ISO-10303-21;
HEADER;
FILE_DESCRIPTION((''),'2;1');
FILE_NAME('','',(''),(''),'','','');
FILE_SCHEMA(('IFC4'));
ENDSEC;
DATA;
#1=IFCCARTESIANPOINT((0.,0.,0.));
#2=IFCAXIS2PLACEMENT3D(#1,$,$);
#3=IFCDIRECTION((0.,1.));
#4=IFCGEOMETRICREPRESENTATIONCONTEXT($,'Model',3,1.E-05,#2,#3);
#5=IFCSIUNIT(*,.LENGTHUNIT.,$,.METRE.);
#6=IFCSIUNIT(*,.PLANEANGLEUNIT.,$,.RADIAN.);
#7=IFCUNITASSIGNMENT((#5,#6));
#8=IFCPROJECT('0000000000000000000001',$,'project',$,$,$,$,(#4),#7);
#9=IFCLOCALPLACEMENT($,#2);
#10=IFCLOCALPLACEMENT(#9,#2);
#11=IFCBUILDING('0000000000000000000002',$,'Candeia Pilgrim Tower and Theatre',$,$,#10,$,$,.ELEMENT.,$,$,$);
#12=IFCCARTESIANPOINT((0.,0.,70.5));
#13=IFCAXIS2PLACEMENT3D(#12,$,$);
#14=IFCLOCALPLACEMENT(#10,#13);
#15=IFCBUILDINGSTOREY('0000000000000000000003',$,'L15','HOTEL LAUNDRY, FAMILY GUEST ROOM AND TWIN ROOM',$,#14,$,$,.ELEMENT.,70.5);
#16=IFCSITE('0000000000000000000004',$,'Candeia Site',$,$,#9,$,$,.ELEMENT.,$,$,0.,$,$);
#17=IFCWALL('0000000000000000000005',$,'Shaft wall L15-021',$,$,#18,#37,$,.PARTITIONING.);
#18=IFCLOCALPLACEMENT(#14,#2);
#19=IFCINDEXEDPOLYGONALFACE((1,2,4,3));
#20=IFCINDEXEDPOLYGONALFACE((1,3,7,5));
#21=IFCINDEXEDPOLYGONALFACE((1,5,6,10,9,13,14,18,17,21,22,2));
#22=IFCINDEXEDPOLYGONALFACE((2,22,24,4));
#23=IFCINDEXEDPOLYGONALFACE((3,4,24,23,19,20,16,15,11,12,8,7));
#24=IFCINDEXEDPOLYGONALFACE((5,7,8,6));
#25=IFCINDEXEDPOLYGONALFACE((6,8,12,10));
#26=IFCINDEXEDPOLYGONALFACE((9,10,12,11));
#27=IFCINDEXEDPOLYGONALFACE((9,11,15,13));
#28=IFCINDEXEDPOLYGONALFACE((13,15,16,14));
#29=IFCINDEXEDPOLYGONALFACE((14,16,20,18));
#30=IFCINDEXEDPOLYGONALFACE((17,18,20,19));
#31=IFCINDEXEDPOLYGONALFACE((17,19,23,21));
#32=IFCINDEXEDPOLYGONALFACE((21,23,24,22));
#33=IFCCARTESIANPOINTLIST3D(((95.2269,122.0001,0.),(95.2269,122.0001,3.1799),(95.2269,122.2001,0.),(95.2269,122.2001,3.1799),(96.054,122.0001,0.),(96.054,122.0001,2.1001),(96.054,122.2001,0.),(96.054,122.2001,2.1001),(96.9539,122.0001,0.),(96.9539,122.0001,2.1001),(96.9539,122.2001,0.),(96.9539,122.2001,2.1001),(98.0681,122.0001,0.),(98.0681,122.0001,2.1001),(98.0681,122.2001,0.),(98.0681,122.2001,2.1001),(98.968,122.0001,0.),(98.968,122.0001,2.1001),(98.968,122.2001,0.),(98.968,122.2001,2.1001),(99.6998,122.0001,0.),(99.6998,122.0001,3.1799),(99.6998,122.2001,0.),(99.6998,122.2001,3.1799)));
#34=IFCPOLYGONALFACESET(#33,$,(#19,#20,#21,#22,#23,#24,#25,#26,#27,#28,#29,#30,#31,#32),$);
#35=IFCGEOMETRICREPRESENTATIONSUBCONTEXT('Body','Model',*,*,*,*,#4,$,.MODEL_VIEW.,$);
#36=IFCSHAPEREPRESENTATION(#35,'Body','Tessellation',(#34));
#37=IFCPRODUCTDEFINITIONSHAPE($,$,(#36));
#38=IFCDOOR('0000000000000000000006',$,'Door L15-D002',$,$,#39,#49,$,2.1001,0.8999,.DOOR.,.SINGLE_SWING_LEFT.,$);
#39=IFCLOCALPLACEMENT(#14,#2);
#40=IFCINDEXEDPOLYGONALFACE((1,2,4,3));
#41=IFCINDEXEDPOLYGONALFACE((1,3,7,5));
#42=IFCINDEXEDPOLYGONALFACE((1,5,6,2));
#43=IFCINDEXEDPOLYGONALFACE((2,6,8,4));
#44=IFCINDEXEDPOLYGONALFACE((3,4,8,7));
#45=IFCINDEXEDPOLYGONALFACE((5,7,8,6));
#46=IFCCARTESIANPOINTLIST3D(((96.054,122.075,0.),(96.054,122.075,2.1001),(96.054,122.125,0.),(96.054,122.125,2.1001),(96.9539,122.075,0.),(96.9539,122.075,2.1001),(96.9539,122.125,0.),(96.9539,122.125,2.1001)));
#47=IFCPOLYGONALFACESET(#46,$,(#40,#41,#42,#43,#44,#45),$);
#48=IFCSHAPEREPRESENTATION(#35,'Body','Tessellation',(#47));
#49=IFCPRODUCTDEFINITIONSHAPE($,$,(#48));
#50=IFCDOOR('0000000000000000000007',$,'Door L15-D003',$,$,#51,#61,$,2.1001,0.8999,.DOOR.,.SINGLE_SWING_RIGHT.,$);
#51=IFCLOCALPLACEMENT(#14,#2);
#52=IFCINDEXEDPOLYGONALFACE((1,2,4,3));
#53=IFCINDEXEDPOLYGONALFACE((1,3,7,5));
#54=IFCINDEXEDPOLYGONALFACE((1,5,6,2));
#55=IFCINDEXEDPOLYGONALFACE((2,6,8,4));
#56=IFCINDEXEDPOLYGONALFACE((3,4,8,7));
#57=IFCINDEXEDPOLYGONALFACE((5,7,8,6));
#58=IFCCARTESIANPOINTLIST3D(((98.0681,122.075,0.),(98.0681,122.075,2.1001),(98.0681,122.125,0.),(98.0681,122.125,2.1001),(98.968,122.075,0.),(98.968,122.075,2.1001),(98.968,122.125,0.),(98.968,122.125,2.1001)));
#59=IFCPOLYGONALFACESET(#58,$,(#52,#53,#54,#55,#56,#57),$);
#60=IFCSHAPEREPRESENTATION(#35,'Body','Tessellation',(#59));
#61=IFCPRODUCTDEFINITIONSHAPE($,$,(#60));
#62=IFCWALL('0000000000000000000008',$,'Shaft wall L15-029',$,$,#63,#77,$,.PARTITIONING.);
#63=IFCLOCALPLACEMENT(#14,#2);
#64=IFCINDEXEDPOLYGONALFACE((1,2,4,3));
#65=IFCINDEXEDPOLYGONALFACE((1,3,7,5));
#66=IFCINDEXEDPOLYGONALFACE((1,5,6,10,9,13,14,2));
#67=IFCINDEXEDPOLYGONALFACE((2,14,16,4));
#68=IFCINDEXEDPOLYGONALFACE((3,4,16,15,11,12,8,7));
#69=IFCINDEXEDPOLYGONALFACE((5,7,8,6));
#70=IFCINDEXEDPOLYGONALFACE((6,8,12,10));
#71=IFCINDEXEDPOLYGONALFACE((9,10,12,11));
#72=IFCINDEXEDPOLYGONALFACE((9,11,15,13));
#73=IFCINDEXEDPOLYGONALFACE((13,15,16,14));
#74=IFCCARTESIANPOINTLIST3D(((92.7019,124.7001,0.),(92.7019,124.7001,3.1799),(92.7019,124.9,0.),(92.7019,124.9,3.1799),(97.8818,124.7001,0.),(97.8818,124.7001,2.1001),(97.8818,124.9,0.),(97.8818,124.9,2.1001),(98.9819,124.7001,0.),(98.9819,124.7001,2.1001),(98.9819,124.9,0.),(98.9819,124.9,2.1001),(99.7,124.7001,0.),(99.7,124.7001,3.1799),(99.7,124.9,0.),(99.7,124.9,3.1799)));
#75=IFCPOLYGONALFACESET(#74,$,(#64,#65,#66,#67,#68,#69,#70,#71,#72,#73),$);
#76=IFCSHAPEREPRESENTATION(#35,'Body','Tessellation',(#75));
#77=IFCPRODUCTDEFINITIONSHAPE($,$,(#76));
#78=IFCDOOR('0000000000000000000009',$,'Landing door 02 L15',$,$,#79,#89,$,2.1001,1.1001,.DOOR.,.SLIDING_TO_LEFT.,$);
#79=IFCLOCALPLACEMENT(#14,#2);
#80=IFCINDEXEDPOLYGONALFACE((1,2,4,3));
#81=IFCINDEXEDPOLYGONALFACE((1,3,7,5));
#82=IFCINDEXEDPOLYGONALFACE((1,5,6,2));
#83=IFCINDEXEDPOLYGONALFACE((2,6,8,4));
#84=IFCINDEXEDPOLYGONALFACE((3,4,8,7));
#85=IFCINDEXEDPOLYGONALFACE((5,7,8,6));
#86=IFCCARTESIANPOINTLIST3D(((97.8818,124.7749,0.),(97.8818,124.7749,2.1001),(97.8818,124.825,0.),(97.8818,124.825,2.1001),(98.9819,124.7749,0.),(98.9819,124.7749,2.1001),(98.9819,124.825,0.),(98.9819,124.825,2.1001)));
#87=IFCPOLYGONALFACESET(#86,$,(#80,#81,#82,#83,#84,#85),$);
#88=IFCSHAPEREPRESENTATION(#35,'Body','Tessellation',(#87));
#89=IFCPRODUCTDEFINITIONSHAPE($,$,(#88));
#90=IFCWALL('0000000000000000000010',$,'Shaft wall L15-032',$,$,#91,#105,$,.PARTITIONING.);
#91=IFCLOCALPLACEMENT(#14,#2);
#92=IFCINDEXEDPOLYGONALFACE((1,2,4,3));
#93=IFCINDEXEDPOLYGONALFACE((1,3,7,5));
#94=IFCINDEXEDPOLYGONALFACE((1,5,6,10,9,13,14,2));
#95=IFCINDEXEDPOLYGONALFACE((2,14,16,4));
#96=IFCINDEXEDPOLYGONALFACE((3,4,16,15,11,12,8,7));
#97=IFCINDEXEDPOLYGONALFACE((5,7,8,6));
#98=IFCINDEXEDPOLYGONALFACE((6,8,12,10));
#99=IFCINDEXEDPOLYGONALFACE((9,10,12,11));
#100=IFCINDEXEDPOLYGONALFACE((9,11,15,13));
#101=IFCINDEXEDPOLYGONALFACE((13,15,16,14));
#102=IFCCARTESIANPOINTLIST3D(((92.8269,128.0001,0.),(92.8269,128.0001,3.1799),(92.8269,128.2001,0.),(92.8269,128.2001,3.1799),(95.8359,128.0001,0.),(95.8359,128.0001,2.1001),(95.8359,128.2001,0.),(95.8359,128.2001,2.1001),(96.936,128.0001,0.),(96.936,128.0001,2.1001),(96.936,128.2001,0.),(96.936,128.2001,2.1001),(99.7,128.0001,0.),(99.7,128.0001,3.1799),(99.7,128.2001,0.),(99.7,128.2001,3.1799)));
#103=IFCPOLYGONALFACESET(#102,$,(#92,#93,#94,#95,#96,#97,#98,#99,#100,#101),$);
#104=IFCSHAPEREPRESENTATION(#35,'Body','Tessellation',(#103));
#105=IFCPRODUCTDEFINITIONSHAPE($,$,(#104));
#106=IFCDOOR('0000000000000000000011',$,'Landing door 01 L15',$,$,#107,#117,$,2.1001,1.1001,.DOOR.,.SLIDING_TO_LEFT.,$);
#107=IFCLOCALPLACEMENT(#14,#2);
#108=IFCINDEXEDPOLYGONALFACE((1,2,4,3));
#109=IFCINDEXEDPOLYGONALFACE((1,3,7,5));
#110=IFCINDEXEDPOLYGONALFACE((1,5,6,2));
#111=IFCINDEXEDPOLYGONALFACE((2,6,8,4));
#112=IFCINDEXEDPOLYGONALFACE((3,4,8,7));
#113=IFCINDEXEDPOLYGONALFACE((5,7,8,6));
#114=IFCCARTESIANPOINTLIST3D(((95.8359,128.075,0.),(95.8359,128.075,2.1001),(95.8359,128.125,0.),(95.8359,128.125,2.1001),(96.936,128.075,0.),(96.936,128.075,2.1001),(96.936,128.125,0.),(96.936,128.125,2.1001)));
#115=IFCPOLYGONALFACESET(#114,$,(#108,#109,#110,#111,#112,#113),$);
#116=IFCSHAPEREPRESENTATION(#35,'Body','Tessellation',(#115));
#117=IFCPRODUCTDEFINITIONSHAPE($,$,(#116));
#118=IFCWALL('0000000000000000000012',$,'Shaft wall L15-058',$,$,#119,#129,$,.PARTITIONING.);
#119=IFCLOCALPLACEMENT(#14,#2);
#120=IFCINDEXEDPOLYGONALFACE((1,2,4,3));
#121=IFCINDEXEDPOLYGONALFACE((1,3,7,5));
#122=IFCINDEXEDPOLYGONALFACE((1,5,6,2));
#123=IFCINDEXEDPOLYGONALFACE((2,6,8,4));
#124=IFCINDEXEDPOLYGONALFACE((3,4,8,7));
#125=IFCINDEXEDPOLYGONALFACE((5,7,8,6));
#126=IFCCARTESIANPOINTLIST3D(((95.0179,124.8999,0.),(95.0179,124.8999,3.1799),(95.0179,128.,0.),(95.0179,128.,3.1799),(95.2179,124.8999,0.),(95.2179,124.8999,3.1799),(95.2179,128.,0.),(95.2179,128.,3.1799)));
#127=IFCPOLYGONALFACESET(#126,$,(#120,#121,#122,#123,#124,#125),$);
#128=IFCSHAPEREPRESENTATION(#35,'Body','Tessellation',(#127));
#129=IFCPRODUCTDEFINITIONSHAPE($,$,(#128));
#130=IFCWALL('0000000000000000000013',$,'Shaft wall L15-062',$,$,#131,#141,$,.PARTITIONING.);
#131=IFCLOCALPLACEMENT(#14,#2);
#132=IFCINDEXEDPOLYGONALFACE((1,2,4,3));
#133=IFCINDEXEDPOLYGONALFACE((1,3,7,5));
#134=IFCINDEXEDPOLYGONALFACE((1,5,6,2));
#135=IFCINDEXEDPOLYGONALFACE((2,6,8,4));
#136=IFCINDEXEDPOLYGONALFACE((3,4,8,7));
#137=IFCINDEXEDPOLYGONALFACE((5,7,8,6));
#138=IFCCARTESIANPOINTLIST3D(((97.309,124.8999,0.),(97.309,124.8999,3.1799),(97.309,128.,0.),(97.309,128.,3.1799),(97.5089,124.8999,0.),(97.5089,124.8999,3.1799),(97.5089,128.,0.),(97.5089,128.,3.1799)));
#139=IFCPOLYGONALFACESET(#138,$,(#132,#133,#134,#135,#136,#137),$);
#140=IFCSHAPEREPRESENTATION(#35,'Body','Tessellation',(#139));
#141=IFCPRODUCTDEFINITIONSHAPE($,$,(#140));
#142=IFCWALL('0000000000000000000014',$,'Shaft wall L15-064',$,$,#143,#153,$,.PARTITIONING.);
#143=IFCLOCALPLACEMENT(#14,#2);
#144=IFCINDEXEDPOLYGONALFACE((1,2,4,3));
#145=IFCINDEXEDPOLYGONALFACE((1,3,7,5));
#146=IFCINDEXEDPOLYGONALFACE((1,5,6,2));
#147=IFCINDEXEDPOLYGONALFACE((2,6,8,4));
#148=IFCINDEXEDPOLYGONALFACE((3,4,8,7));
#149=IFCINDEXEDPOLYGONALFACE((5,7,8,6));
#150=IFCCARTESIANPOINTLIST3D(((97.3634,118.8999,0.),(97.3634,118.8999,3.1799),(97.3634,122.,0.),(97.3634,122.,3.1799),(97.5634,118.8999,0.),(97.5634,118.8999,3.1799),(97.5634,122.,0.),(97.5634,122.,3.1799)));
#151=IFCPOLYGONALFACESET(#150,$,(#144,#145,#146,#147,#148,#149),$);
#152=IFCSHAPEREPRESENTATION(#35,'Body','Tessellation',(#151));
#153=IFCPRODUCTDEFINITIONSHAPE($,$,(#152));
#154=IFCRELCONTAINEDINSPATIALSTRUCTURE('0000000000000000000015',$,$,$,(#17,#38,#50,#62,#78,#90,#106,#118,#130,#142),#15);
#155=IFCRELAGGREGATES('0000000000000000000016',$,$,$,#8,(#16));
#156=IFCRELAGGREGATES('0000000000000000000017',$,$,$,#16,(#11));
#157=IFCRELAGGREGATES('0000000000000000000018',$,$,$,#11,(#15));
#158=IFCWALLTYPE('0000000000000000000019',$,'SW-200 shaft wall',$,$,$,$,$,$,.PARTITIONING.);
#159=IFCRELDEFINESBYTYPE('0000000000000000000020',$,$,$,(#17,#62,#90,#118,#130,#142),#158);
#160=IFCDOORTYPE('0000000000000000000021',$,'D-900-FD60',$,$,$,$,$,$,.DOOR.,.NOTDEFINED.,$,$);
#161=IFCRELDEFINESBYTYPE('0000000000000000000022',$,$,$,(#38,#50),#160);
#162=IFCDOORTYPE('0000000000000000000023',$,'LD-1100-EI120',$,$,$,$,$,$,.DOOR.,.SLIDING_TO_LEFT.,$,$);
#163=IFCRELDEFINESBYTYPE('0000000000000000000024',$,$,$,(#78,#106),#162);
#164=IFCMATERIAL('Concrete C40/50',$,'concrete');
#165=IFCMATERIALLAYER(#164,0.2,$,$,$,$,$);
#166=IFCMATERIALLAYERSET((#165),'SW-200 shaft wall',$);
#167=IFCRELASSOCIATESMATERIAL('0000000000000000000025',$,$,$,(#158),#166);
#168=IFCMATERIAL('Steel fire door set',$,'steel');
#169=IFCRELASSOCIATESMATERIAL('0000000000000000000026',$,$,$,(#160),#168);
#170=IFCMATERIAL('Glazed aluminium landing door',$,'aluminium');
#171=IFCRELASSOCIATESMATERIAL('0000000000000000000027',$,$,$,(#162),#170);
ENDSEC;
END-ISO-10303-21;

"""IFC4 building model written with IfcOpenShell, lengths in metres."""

from ifc_helpers import new_model, si_unit, direction, frame, frame_2d, origin, place, context, subcontext, project, spatial, rectangle, extrude, material, layer, layer_set, type_object, element, fill, save


model = new_model("IFC4")

# Units and contexts
model_context = context("Model", 3, precision=1e-05, world=origin(), true_north=direction((0.0, 1.0)))
body_context = subcontext(model_context, "Body", "Model", "MODEL_VIEW")
ifc_project = project(units=[si_unit("LENGTHUNIT", "METRE"), si_unit("PLANEANGLEUNIT", "RADIAN")], contexts=[model_context])

# Site, building, storey
site_placement = place(None, origin())
site = spatial("IfcSite", under=ifc_project, at=site_placement, Name="Candeia Site", CompositionType="ELEMENT", RefElevation=0.0)
building_placement = place(site_placement, origin())
building = spatial("IfcBuilding", under=site, at=building_placement, Name="Candeia Pilgrim Tower and Theatre", CompositionType="ELEMENT")
storey_placement = place(building_placement, frame((0.0, 0.0, 70.5)))
storey = spatial("IfcBuildingStorey", under=building, at=storey_placement, Name="L15", Description="HOTEL LAUNDRY, FAMILY GUEST ROOM AND TWIN ROOM", CompositionType="ELEMENT", Elevation=70.5)

# Shared definitions
ifc_material_1 = material(Name="Steel fire door set", Category="steel")

# Shared definitions
ifc_material_2 = material(Name="Concrete C40/50", Category="concrete")
ifc_layer_1 = layer(ifc_material_2, 0.2)
ifc_layer_set_1 = layer_set([ifc_layer_1], Name="SW-200 shaft wall")
wall_type_1 = type_object("IfcWallType", Name="SW-200 shaft wall", PredefinedType="PARTITIONING", material=ifc_layer_set_1)

# Wall, openings, doors
wall_1_placement = place(storey_placement, frame((95.2271, 122.1001, 0.0), z_axis=(0.0, 0.0, 1.0), x_axis=(1.0, 0.0, 0.0)))
wall_1 = element("IfcWall", 1, at=wall_1_placement, inside=storey, type_object=wall_type_1, Name="Shaft wall L15-021", PredefinedType="PARTITIONING", context=body_context, shape_type="SweptSolid", body=[
    extrude(rectangle(XDim=4.4729, YDim=0.2, at=frame_2d((2.2363, 0.0))), origin(), (0.0, 0.0, 1.0), 3.1799),
])
opening_1_placement = place(wall_1_placement, frame((0.8269, 0.0, 0.0)))
opening_1 = element("IfcOpeningElement", 2, at=opening_1_placement, cuts=wall_1, PredefinedType="OPENING", context=body_context, shape_type="SweptSolid", body=[
    extrude(rectangle(XDim=0.8999, YDim=2.1001, at=frame_2d((0.45, 1.05))), frame((0.0, 0.1099, 0.0), z_axis=(0.0, -1.0, 0.0), x_axis=(1.0, 0.0, 0.0)), (0.0, 0.0, 1.0), 0.22),
])
opening_2_placement = place(wall_1_placement, frame((2.8411, 0.0, 0.0)))
opening_2 = element("IfcOpeningElement", 3, at=opening_2_placement, cuts=wall_1, PredefinedType="OPENING", context=body_context, shape_type="SweptSolid", body=[
    extrude(rectangle(XDim=0.8999, YDim=2.1001, at=frame_2d((0.45, 1.05))), frame((0.0, 0.1099, 0.0), z_axis=(0.0, -1.0, 0.0), x_axis=(1.0, 0.0, 0.0)), (0.0, 0.0, 1.0), 0.22),
])
door_type_1 = type_object("IfcDoorType", Name="D-900-FD60", OperationType="NOTDEFINED", PredefinedType="DOOR", material=ifc_material_1)
door_1_placement = place(opening_1_placement, origin())
door_1 = element("IfcDoor", 4, at=door_1_placement, inside=storey, type_object=door_type_1, Name="Door L15-D002", OperationType="SINGLE_SWING_LEFT", OverallHeight=2.1001, OverallWidth=0.8999, PredefinedType="DOOR", context=body_context, shape_type="SweptSolid", body=[
    extrude(rectangle(XDim=0.8999, YDim=2.1001, at=frame_2d((0.45, 1.05))), frame((0.0, 0.0249, 0.0), z_axis=(0.0, -1.0, 0.0), x_axis=(1.0, 0.0, 0.0)), (0.0, 0.0, 1.0), 0.05),
])
fill(opening_1, door_1)
door_2_placement = place(opening_2_placement, origin())
door_2 = element("IfcDoor", 5, at=door_2_placement, inside=storey, type_object=door_type_1, Name="Door L15-D003", OperationType="SINGLE_SWING_RIGHT", OverallHeight=2.1001, OverallWidth=0.8999, PredefinedType="DOOR", context=body_context, shape_type="SweptSolid", body=[
    extrude(rectangle(XDim=0.8999, YDim=2.1001, at=frame_2d((0.45, 1.05))), frame((0.0, 0.0249, 0.0), z_axis=(0.0, -1.0, 0.0), x_axis=(1.0, 0.0, 0.0)), (0.0, 0.0, 1.0), 0.05),
])
fill(opening_2, door_2)

# Walls, openings, doors
wall_2_placement = place(storey_placement, frame((92.7019, 124.8, 0.0), z_axis=(0.0, 0.0, 1.0), x_axis=(1.0, 0.0, 0.0)))
wall_2 = element("IfcWall", 6, at=wall_2_placement, inside=storey, type_object=wall_type_1, Name="Shaft wall L15-029", PredefinedType="PARTITIONING", context=body_context, shape_type="SweptSolid", body=[
    extrude(rectangle(XDim=6.998, YDim=0.2, at=frame_2d((3.499, 0.0))), origin(), (0.0, 0.0, 1.0), 3.1799),
])
opening_3_placement = place(wall_2_placement, frame((5.1799, 0.0, 0.0)))
opening_3 = element("IfcOpeningElement", 7, at=opening_3_placement, cuts=wall_2, PredefinedType="OPENING", context=body_context, shape_type="SweptSolid", body=[
    extrude(rectangle(XDim=1.1001, YDim=2.1001, at=frame_2d((0.55, 1.05))), frame((0.0, 0.1099, 0.0), z_axis=(0.0, -1.0, 0.0), x_axis=(1.0, 0.0, 0.0)), (0.0, 0.0, 1.0), 0.22),
])
ifc_material_3 = material(Name="Glazed aluminium landing door", Category="aluminium")
door_type_2 = type_object("IfcDoorType", Name="LD-1100-EI120", OperationType="SLIDING_TO_LEFT", PredefinedType="DOOR", material=ifc_material_3)
door_3_placement = place(opening_3_placement, origin())
door_3 = element("IfcDoor", 8, at=door_3_placement, inside=storey, type_object=door_type_2, Name="Landing door 02 L15", OperationType="SLIDING_TO_LEFT", OverallHeight=2.1001, OverallWidth=1.1001, PredefinedType="DOOR", context=body_context, shape_type="SweptSolid", body=[
    extrude(rectangle(XDim=1.1001, YDim=2.1001, at=frame_2d((0.55, 1.05))), frame((0.0, 0.0249, 0.0), z_axis=(0.0, -1.0, 0.0), x_axis=(1.0, 0.0, 0.0)), (0.0, 0.0, 1.0), 0.05),
])
fill(opening_3, door_3)
wall_3_placement = place(storey_placement, frame((92.8269, 128.1001, 0.0), z_axis=(0.0, 0.0, 1.0), x_axis=(1.0, 0.0, 0.0)))
wall_3 = element("IfcWall", 9, at=wall_3_placement, inside=storey, type_object=wall_type_1, Name="Shaft wall L15-032", PredefinedType="PARTITIONING", context=body_context, shape_type="SweptSolid", body=[
    extrude(rectangle(XDim=6.873, YDim=0.2, at=frame_2d((3.4365, 0.0))), origin(), (0.0, 0.0, 1.0), 3.1799),
])
opening_4_placement = place(wall_3_placement, frame((3.009, 0.0, 0.0)))
opening_4 = element("IfcOpeningElement", 10, at=opening_4_placement, cuts=wall_3, PredefinedType="OPENING", context=body_context, shape_type="SweptSolid", body=[
    extrude(rectangle(XDim=1.1001, YDim=2.1001, at=frame_2d((0.55, 1.05))), frame((0.0, 0.1099, 0.0), z_axis=(0.0, -1.0, 0.0), x_axis=(1.0, 0.0, 0.0)), (0.0, 0.0, 1.0), 0.22),
])
door_4_placement = place(opening_4_placement, origin())
door_4 = element("IfcDoor", 11, at=door_4_placement, inside=storey, type_object=door_type_2, Name="Landing door 01 L15", OperationType="SLIDING_TO_LEFT", OverallHeight=2.1001, OverallWidth=1.1001, PredefinedType="DOOR", context=body_context, shape_type="SweptSolid", body=[
    extrude(rectangle(XDim=1.1001, YDim=2.1001, at=frame_2d((0.55, 1.05))), frame((0.0, 0.0249, 0.0), z_axis=(0.0, -1.0, 0.0), x_axis=(1.0, 0.0, 0.0)), (0.0, 0.0, 1.0), 0.05),
])
fill(opening_4, door_4)

# Walls
for number, where, z_axis, x_axis, name in (
    (12, (95.1179, 124.8999, 0.0), (0.0, 0.0, 1.0), (0.0, 1.0, 0.0), "Shaft wall L15-058"),
    (13, (97.4089, 124.8999, 0.0), (0.0, 0.0, 1.0), (0.0, 1.0, 0.0), "Shaft wall L15-062"),
    (14, (97.4634, 118.8999, 0.0), (0.0, 0.0, 1.0), (0.0, 1.0, 0.0), "Shaft wall L15-064"),
):
    element("IfcWall", number, at=place(storey_placement, frame(where, z_axis=z_axis, x_axis=x_axis)), inside=storey, type_object=wall_type_1, Name=name, PredefinedType="PARTITIONING", context=body_context, shape_type="SweptSolid", body=[
        extrude(rectangle(XDim=3.1001, YDim=0.2, at=frame_2d((1.55, 0.0))), origin(), (0.0, 0.0, 1.0), 3.1799),
    ])

save(model, "model.ifc")
